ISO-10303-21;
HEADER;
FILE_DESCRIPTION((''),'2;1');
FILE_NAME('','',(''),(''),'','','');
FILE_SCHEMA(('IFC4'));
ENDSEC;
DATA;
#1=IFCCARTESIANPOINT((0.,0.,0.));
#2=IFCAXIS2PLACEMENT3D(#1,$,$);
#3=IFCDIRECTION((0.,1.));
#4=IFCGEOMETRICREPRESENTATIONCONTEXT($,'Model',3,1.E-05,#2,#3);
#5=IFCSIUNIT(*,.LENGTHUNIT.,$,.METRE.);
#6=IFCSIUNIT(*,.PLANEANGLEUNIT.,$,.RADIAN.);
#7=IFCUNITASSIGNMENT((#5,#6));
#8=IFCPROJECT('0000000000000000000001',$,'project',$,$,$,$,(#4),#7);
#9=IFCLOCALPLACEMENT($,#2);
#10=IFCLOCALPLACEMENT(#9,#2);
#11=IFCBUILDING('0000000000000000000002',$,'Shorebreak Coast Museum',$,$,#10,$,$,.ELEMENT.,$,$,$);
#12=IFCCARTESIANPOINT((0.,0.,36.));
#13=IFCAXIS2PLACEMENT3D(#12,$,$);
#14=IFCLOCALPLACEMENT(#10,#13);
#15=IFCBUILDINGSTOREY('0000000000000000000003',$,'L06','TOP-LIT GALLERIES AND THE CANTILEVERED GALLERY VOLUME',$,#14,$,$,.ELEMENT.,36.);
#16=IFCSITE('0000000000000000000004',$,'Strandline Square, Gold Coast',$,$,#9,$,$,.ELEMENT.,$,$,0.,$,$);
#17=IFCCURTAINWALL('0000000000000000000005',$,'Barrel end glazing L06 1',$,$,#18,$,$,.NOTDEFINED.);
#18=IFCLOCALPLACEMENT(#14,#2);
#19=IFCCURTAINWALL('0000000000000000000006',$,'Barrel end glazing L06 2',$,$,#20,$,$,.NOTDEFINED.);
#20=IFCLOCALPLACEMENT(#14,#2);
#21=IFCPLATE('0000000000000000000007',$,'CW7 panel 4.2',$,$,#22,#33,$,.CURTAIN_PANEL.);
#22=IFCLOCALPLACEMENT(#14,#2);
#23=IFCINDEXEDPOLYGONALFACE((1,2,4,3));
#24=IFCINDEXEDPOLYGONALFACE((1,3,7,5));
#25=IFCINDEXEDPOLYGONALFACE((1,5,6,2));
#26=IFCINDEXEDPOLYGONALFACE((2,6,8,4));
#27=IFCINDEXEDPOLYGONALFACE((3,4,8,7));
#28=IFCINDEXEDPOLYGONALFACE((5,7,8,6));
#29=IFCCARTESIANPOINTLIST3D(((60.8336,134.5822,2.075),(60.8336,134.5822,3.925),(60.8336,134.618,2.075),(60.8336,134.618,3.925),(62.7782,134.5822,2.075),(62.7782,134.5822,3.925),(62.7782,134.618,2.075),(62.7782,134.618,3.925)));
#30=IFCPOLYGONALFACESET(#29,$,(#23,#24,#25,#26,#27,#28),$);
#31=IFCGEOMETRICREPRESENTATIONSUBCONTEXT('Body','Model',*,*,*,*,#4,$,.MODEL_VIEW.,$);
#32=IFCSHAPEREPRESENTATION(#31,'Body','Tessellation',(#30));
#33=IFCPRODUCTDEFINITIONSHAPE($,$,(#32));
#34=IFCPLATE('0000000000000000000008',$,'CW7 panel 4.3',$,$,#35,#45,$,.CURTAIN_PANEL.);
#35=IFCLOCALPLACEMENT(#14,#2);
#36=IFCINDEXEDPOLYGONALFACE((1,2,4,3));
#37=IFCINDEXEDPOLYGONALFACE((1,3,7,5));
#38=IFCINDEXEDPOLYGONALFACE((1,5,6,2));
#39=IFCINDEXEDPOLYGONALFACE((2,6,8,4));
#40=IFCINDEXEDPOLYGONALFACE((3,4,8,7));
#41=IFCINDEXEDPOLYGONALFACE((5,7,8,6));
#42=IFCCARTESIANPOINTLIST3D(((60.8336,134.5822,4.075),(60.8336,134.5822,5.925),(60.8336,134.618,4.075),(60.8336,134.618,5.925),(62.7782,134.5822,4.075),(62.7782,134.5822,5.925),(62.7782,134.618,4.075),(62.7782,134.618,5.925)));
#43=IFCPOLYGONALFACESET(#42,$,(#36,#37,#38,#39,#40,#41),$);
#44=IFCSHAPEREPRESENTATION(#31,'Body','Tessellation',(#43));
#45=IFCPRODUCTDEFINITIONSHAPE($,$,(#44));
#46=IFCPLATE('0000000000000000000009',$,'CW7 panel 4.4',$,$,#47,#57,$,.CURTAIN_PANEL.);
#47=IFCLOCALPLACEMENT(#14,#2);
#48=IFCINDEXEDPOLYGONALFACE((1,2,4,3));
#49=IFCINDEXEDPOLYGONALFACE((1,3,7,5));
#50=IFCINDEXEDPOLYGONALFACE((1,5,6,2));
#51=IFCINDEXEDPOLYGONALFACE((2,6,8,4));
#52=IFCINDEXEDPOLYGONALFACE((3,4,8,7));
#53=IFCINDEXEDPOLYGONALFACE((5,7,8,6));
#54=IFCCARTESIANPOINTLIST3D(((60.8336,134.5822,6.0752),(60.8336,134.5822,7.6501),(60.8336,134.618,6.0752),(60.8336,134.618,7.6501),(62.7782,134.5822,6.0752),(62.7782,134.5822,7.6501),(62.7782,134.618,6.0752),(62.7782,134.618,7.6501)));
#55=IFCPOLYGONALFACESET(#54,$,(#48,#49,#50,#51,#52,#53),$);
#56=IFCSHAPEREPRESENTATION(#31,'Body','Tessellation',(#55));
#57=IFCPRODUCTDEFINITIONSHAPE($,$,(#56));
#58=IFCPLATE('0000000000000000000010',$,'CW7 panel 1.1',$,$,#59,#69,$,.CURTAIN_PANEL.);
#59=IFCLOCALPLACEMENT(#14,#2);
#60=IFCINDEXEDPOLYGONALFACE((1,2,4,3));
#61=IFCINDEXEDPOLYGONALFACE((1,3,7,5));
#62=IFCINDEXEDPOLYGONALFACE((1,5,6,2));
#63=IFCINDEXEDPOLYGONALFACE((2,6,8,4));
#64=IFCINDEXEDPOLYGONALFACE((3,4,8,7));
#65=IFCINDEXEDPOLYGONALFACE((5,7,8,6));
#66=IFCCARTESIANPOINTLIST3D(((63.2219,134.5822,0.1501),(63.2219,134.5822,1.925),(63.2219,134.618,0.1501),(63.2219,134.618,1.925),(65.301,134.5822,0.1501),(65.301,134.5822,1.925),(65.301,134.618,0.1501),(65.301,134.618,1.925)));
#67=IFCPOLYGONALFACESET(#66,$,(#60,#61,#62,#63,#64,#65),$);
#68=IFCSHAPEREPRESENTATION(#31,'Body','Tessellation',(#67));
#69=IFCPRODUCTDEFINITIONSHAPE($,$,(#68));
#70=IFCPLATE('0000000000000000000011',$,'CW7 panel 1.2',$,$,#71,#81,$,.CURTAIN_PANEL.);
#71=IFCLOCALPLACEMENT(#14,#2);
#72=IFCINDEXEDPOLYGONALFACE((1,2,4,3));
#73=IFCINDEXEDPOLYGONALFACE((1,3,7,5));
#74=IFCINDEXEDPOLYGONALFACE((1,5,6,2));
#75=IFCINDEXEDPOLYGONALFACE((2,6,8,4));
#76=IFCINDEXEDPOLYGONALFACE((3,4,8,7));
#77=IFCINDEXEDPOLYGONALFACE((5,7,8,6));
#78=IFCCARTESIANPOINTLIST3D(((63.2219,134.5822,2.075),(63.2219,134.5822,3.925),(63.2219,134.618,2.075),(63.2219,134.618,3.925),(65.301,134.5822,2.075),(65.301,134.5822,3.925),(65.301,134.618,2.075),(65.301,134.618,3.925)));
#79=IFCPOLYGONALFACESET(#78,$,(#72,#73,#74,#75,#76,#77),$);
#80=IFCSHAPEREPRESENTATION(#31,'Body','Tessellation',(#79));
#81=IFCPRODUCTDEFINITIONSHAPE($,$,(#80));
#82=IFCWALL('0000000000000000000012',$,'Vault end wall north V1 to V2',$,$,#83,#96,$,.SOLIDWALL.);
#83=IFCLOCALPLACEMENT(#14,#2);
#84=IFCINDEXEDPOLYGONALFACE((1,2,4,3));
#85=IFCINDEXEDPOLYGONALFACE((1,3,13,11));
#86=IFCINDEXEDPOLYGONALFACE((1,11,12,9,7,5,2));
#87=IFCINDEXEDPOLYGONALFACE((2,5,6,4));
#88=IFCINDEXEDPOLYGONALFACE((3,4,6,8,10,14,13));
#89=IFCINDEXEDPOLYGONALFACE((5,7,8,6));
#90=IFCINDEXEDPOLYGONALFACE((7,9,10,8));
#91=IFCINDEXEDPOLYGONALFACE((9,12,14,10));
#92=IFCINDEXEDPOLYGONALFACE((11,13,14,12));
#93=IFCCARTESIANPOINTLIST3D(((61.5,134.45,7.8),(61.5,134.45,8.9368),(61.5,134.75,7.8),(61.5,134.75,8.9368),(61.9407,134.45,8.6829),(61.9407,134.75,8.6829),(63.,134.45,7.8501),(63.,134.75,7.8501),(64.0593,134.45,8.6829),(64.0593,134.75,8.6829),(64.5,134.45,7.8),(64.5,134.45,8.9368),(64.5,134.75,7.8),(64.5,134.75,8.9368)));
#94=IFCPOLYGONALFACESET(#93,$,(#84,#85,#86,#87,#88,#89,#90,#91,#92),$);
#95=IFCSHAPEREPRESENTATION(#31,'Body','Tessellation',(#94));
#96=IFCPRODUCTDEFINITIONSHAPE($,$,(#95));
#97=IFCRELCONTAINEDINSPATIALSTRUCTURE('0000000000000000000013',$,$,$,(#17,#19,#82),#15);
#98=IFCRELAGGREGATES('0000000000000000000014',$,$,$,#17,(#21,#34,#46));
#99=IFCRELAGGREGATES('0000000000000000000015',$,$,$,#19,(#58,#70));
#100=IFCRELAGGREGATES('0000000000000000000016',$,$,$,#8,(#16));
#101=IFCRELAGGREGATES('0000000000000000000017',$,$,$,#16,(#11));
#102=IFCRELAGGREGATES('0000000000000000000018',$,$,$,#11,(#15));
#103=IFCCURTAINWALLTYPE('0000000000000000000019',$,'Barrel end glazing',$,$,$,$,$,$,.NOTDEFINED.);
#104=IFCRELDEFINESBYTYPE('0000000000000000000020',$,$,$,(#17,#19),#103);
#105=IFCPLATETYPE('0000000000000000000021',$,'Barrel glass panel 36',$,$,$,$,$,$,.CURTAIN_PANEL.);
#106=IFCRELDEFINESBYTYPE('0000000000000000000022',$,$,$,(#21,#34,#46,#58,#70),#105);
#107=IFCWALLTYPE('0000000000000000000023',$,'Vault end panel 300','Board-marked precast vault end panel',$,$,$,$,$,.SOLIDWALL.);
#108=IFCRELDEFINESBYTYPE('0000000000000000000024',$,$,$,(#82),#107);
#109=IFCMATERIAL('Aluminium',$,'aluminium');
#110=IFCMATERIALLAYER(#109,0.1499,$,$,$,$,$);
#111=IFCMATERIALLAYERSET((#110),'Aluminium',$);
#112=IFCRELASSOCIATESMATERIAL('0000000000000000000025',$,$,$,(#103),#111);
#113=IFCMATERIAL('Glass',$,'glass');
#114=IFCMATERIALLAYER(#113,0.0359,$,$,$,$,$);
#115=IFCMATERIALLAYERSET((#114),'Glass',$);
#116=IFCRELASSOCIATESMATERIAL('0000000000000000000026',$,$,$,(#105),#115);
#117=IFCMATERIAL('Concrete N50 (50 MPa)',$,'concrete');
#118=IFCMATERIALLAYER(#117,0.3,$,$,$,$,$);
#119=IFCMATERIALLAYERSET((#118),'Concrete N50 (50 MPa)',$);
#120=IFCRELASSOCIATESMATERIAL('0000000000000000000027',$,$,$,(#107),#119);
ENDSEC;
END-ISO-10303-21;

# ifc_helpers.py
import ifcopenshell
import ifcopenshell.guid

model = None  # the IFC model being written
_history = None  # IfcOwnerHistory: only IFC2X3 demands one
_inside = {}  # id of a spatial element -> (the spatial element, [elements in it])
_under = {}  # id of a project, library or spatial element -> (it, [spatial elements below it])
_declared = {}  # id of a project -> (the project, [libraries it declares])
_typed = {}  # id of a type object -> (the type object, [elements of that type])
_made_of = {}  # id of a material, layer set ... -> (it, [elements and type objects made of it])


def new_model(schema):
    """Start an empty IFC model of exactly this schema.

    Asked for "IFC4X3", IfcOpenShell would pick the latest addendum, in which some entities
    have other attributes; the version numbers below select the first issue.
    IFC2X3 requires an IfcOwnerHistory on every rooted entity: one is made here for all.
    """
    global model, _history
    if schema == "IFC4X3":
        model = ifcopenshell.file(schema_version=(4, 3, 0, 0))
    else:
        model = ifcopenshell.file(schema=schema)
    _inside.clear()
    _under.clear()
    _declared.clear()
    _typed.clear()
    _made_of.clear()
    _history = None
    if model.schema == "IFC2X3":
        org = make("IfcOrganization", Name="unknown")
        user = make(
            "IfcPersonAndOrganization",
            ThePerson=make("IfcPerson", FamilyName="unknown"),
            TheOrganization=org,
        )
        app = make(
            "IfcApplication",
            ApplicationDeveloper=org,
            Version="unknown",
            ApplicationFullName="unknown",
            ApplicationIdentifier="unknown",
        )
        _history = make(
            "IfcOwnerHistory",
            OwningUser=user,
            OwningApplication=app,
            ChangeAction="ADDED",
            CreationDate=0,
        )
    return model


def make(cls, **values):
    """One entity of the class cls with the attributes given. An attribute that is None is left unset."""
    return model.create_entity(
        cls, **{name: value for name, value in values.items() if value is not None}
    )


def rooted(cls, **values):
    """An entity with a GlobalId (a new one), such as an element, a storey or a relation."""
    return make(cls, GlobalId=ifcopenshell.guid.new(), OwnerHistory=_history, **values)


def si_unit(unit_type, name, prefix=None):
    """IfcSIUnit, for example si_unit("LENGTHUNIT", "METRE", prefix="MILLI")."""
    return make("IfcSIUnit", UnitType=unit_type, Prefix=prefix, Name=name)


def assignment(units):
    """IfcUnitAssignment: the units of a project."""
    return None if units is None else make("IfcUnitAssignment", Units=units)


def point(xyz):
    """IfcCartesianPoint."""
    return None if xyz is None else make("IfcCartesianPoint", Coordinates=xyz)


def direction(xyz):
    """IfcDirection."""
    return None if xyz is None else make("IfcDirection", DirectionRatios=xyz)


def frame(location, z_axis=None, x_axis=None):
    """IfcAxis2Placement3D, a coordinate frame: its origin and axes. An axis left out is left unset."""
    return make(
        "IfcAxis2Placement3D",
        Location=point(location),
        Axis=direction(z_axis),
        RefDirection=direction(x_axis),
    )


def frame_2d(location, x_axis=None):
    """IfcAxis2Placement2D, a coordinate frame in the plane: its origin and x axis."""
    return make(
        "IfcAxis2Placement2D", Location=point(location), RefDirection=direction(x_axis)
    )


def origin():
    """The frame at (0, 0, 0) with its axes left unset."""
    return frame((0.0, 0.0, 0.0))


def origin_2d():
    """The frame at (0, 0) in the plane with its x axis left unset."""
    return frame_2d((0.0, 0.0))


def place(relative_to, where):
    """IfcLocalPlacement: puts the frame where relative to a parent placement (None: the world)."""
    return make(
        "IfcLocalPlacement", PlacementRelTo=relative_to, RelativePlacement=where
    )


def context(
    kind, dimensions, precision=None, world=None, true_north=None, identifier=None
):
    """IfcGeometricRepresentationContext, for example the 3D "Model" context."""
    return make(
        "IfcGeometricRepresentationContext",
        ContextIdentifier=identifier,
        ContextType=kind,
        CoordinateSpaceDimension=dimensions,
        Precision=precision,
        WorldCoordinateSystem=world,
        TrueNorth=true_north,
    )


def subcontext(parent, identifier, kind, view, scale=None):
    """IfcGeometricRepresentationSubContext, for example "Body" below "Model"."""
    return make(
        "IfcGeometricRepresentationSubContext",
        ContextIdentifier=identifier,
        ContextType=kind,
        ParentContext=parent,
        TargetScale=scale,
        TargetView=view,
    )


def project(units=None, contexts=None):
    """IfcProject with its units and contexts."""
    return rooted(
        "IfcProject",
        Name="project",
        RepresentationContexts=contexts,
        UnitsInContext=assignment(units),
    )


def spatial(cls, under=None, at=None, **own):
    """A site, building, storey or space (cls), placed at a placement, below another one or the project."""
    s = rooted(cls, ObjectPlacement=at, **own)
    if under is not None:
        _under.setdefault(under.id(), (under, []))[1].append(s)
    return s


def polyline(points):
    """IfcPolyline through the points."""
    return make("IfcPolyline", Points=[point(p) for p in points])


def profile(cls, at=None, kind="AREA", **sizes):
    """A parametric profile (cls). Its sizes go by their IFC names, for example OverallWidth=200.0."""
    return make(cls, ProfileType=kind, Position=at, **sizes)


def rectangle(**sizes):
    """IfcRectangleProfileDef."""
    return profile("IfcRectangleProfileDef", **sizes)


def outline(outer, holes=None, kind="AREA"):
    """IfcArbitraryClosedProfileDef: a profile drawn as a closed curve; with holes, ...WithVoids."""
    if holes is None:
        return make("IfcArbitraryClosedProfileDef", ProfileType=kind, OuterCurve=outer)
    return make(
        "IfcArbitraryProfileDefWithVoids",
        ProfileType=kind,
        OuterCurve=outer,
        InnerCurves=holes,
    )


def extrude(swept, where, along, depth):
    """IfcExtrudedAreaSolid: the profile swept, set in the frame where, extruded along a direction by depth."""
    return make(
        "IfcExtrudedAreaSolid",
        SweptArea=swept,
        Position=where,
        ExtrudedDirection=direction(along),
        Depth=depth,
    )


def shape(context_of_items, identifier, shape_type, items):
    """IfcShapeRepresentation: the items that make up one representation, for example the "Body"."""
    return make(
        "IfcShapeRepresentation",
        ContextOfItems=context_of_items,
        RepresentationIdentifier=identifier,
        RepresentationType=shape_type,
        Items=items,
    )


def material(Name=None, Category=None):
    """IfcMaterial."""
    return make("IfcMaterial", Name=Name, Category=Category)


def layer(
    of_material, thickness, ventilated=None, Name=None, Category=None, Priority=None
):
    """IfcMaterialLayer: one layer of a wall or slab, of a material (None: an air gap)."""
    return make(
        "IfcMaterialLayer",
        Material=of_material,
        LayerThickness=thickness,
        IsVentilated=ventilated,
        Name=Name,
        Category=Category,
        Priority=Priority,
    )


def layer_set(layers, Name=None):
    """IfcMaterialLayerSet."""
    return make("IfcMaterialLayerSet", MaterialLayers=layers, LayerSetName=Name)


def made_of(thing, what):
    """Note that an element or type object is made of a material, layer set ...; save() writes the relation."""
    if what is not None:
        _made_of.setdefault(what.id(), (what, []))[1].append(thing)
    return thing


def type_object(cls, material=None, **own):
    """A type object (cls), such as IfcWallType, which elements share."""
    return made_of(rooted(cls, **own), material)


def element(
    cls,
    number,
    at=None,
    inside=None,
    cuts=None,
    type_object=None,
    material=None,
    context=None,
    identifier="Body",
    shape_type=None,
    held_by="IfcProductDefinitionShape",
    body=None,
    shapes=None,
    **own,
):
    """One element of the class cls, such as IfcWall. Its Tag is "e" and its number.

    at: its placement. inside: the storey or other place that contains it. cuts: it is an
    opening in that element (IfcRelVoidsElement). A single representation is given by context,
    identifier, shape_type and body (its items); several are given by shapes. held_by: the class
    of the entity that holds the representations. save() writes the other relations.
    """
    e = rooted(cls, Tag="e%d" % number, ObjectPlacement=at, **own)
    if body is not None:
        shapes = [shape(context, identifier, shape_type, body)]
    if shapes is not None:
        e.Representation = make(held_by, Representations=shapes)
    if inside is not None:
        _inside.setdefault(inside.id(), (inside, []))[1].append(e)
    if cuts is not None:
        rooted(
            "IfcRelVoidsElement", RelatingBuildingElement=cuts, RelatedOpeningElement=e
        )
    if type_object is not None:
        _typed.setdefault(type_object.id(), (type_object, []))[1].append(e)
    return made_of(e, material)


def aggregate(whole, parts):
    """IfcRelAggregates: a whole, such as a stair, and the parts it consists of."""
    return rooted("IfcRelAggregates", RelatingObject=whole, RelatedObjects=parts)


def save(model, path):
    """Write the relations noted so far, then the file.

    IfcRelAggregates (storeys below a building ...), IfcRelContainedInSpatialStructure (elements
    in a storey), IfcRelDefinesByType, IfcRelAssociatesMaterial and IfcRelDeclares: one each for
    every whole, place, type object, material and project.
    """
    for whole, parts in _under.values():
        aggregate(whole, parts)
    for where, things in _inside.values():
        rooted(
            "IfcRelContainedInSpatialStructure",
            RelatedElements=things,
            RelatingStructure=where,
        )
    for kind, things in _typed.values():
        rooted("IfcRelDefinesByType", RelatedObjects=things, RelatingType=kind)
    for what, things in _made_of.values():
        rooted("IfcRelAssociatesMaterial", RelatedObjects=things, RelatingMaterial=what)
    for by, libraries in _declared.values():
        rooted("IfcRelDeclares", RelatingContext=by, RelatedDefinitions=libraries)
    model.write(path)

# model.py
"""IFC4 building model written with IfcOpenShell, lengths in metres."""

from ifc_helpers import new_model, si_unit, direction, frame, origin, origin_2d, place, context, subcontext, project, spatial, polyline, rectangle, outline, extrude, material, layer, layer_set, type_object, element, aggregate, save


model = new_model("IFC4")

# Units and contexts
model_context = context("Model", 3, precision=1e-05, world=origin(), true_north=direction((0.0, 1.0)))
body_context = subcontext(model_context, "Body", "Model", "MODEL_VIEW")
ifc_project = project(units=[si_unit("LENGTHUNIT", "METRE"), si_unit("PLANEANGLEUNIT", "RADIAN")], contexts=[model_context])

# Site, building, storey
site_placement = place(None, origin())
site = spatial("IfcSite", under=ifc_project, at=site_placement, Name="Strandline Square, Gold Coast", CompositionType="ELEMENT", RefElevation=0.0)
building_placement = place(site_placement, origin())
building = spatial("IfcBuilding", under=site, at=building_placement, Name="Shorebreak Coast Museum", CompositionType="ELEMENT")
storey_placement = place(building_placement, frame((0.0, 0.0, 36.0)))
storey = spatial("IfcBuildingStorey", under=building, at=storey_placement, Name="L06", Description="TOP-LIT GALLERIES AND THE CANTILEVERED GALLERY VOLUME", CompositionType="ELEMENT", Elevation=36.0)

# Curtain walls
ifc_material_1 = material(Name="Aluminium", Category="aluminium")
ifc_layer_1 = layer(ifc_material_1, 0.1499)
ifc_layer_set_1 = layer_set([ifc_layer_1], Name="Aluminium")
curtain_wall_type_1 = type_object("IfcCurtainWallType", Name="Barrel end glazing", PredefinedType="NOTDEFINED", material=ifc_layer_set_1)
curtain_wall_1_placement = place(storey_placement, origin())
curtain_wall_1 = element("IfcCurtainWall", 1, at=curtain_wall_1_placement, inside=storey, type_object=curtain_wall_type_1, Name="Barrel end glazing L06 1", PredefinedType="NOTDEFINED")
curtain_wall_2_placement = place(storey_placement, origin())
curtain_wall_2 = element("IfcCurtainWall", 2, at=curtain_wall_2_placement, inside=storey, type_object=curtain_wall_type_1, Name="Barrel end glazing L06 2", PredefinedType="NOTDEFINED")

# Plates
ifc_material_2 = material(Name="Glass", Category="glass")
ifc_layer_2 = layer(ifc_material_2, 0.0359)
ifc_layer_set_2 = layer_set([ifc_layer_2], Name="Glass")
plate_type = type_object("IfcPlateType", Name="Barrel glass panel 36", PredefinedType="CURTAIN_PANEL", material=ifc_layer_set_2)
plate_1_placement = place(storey_placement, frame((61.8059, 134.6001, 2.075), z_axis=(0.0, 0.0, 1.0), x_axis=(1.0, 0.0, 0.0)))
plate_1 = element("IfcPlate", 3, at=plate_1_placement, type_object=plate_type, Name="CW7 panel 4.2", PredefinedType="CURTAIN_PANEL", context=body_context, shape_type="SweptSolid", body=[
    extrude(rectangle(XDim=1.9446, YDim=0.0359, at=origin_2d()), origin(), (0.0, 0.0, 1.0), 1.8501),
])
plate_2_placement = place(storey_placement, frame((61.8059, 134.6001, 4.075), z_axis=(0.0, 0.0, 1.0), x_axis=(1.0, 0.0, 0.0)))
plate_2 = element("IfcPlate", 4, at=plate_2_placement, type_object=plate_type, Name="CW7 panel 4.3", PredefinedType="CURTAIN_PANEL", context=body_context, shape_type="SweptSolid", body=[
    extrude(rectangle(XDim=1.9446, YDim=0.0359, at=origin_2d()), origin(), (0.0, 0.0, 1.0), 1.8501),
])
plate_3_placement = place(storey_placement, frame((61.8059, 134.6001, 6.0752), z_axis=(0.0, 0.0, 1.0), x_axis=(1.0, 0.0, 0.0)))
plate_3 = element("IfcPlate", 5, at=plate_3_placement, type_object=plate_type, Name="CW7 panel 4.4", PredefinedType="CURTAIN_PANEL", context=body_context, shape_type="SweptSolid", body=[
    extrude(rectangle(XDim=1.9446, YDim=0.0359, at=origin_2d()), origin(), (0.0, 0.0, 1.0), 1.575),
])
aggregate(curtain_wall_1, [plate_1, plate_2, plate_3])
plate_4_placement = place(storey_placement, frame((64.2615, 134.6001, 0.1501), z_axis=(0.0, 0.0, 1.0), x_axis=(1.0, 0.0, 0.0)))
plate_4 = element("IfcPlate", 6, at=plate_4_placement, type_object=plate_type, Name="CW7 panel 1.1", PredefinedType="CURTAIN_PANEL", context=body_context, shape_type="SweptSolid", body=[
    extrude(rectangle(XDim=2.0791, YDim=0.0359, at=origin_2d()), origin(), (0.0, 0.0, 1.0), 1.7749),
])
plate_5_placement = place(storey_placement, frame((64.2615, 134.6001, 2.075), z_axis=(0.0, 0.0, 1.0), x_axis=(1.0, 0.0, 0.0)))
plate_5 = element("IfcPlate", 7, at=plate_5_placement, type_object=plate_type, Name="CW7 panel 1.2", PredefinedType="CURTAIN_PANEL", context=body_context, shape_type="SweptSolid", body=[
    extrude(rectangle(XDim=2.0791, YDim=0.0359, at=origin_2d()), origin(), (0.0, 0.0, 1.0), 1.8501),
])
aggregate(curtain_wall_2, [plate_4, plate_5])

# Wall
ifc_material_3 = material(Name="Concrete N50 (50 MPa)", Category="concrete")
ifc_layer_3 = layer(ifc_material_3, 0.3)
ifc_layer_set_3 = layer_set([ifc_layer_3], Name="Concrete N50 (50 MPa)")
wall_type = type_object("IfcWallType", Name="Vault end panel 300", Description="Board-marked precast vault end panel", PredefinedType="SOLIDWALL", material=ifc_layer_set_3)
wall_placement = place(storey_placement, frame((61.5, 134.6001, 7.8), z_axis=(0.0, 0.0, 1.0), x_axis=(1.0, 0.0, 0.0)))
element("IfcWall", 8, at=wall_placement, inside=storey, type_object=wall_type, Name="Vault end wall north V1 to V2", PredefinedType="SOLIDWALL", context=body_context, shape_type="SweptSolid", body=[
    extrude(outline(polyline([(0.0, 0.0), (3.0, 0.0), (3.0, 1.1367), (2.5593, 0.8828), (1.5, 0.05), (0.4407, 0.8828), (0.0, 1.1367), (0.0, 0.0)])), frame((0.0, 0.1499, 0.0), z_axis=(0.0, -1.0, 0.0), x_axis=(1.0, 0.0, 0.0)), (0.0, 0.0, 1.0), 0.3),
])

save(model, "model.ifc")
